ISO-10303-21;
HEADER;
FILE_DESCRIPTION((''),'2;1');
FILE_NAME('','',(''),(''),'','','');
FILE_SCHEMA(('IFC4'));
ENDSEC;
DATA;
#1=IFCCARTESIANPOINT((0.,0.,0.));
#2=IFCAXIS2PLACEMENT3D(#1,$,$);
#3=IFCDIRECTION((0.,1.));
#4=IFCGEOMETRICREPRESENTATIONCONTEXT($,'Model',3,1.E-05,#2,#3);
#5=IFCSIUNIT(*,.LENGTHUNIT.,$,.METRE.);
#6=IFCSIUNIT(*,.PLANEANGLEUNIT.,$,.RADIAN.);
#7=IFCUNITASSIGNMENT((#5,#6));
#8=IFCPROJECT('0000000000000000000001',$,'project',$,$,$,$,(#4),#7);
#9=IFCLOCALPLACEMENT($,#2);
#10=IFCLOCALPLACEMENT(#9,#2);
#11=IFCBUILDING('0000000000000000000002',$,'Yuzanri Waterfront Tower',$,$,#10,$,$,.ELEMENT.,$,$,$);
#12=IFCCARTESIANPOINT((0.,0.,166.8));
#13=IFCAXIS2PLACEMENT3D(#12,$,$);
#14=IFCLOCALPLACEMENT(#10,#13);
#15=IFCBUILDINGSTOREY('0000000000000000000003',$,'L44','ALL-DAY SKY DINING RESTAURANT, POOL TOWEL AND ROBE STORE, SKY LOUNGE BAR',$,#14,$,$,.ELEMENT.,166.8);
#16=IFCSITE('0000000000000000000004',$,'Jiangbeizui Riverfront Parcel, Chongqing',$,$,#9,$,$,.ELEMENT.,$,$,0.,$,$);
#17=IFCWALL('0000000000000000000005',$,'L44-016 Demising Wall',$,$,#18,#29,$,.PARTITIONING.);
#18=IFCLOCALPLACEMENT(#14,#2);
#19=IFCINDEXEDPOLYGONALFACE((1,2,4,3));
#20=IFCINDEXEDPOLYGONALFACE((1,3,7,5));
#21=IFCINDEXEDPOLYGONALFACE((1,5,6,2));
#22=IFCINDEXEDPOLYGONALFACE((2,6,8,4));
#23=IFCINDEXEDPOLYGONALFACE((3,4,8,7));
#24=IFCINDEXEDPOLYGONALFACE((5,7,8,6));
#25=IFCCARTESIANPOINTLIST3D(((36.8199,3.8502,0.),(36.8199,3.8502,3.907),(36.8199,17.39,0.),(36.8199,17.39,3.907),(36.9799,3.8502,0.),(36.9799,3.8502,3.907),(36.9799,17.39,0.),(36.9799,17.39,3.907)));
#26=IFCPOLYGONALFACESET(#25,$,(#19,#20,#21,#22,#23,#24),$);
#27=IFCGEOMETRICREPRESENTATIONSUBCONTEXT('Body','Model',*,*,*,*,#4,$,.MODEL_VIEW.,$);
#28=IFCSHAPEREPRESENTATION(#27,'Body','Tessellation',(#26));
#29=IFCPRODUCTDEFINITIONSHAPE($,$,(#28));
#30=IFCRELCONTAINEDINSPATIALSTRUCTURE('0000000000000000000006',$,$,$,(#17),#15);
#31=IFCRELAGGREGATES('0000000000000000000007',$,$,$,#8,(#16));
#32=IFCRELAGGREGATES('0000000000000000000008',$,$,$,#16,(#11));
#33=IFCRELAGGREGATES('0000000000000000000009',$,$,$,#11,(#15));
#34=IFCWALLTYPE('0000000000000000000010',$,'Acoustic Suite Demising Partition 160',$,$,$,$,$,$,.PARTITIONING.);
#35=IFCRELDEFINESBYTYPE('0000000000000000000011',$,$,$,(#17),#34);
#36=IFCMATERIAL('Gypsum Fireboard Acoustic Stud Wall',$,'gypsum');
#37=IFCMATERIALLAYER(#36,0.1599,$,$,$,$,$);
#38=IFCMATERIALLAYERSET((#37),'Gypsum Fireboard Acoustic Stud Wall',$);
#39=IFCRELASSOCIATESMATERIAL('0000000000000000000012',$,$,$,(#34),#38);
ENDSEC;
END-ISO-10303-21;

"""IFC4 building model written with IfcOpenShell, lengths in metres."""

from ifc_helpers import new_model, si_unit, direction, frame, frame_2d, origin, place, context, subcontext, project, spatial, rectangle, extrude, source, transform, mapped, material, layer, layer_set, type_object, element, save


model = new_model("IFC4")

# Units and contexts
model_context = context("Model", 3, precision=1e-05, world=origin(), true_north=direction((0.0, 1.0)))
body_context = subcontext(model_context, "Body", "Model", "MODEL_VIEW")
ifc_project = project(units=[si_unit("LENGTHUNIT", "METRE"), si_unit("PLANEANGLEUNIT", "RADIAN")], contexts=[model_context])

# Site, building, storey
site_placement = place(None, origin())
site = spatial("IfcSite", under=ifc_project, at=site_placement, Name="Jiangbeizui Riverfront Parcel, Chongqing", CompositionType="ELEMENT", RefElevation=0.0)
building_placement = place(site_placement, origin())
building = spatial("IfcBuilding", under=site, at=building_placement, Name="Yuzanri Waterfront Tower", CompositionType="ELEMENT")
storey_placement = place(building_placement, frame((0.0, 0.0, 166.8)))
storey = spatial("IfcBuildingStorey", under=building, at=storey_placement, Name="L44", Description="ALL-DAY SKY DINING RESTAURANT, POOL TOWEL AND ROBE STORE, SKY LOUNGE BAR", CompositionType="ELEMENT", Elevation=166.8)

# Wall
ifc_material_1 = material(Name="Gypsum Fireboard Acoustic Stud Wall", Category="gypsum")
ifc_layer_1 = layer(ifc_material_1, 0.1599)
ifc_layer_set_1 = layer_set([ifc_layer_1], Name="Gypsum Fireboard Acoustic Stud Wall")
wall_type_1 = type_object("IfcWallType", Name="Acoustic Suite Demising Partition 160", PredefinedType="PARTITIONING", material=ifc_layer_set_1)
shared_shape_1 = source(origin(), body_context, "Body", "SweptSolid", [
    extrude(rectangle(XDim=13.5398, YDim=0.1599, at=frame_2d((6.77, 0.0))), origin(), (0.0, 0.0, 1.0), 3.907),
])
wall_1_placement = place(storey_placement, frame((36.8999, 3.8501, 0.0), z_axis=(0.0, 0.0, 1.0), x_axis=(0.0, 1.0, 0.0)))
element("IfcWall", 1, at=wall_1_placement, inside=storey, type_object=wall_type_1, Name="L44-016 Demising Wall", PredefinedType="PARTITIONING", context=body_context, shape_type="MappedRepresentation", body=[
    mapped(shared_shape_1, transform((0.0, 0.0, 0.0), scale=1.0)),
])

save(model, "model.ifc")
